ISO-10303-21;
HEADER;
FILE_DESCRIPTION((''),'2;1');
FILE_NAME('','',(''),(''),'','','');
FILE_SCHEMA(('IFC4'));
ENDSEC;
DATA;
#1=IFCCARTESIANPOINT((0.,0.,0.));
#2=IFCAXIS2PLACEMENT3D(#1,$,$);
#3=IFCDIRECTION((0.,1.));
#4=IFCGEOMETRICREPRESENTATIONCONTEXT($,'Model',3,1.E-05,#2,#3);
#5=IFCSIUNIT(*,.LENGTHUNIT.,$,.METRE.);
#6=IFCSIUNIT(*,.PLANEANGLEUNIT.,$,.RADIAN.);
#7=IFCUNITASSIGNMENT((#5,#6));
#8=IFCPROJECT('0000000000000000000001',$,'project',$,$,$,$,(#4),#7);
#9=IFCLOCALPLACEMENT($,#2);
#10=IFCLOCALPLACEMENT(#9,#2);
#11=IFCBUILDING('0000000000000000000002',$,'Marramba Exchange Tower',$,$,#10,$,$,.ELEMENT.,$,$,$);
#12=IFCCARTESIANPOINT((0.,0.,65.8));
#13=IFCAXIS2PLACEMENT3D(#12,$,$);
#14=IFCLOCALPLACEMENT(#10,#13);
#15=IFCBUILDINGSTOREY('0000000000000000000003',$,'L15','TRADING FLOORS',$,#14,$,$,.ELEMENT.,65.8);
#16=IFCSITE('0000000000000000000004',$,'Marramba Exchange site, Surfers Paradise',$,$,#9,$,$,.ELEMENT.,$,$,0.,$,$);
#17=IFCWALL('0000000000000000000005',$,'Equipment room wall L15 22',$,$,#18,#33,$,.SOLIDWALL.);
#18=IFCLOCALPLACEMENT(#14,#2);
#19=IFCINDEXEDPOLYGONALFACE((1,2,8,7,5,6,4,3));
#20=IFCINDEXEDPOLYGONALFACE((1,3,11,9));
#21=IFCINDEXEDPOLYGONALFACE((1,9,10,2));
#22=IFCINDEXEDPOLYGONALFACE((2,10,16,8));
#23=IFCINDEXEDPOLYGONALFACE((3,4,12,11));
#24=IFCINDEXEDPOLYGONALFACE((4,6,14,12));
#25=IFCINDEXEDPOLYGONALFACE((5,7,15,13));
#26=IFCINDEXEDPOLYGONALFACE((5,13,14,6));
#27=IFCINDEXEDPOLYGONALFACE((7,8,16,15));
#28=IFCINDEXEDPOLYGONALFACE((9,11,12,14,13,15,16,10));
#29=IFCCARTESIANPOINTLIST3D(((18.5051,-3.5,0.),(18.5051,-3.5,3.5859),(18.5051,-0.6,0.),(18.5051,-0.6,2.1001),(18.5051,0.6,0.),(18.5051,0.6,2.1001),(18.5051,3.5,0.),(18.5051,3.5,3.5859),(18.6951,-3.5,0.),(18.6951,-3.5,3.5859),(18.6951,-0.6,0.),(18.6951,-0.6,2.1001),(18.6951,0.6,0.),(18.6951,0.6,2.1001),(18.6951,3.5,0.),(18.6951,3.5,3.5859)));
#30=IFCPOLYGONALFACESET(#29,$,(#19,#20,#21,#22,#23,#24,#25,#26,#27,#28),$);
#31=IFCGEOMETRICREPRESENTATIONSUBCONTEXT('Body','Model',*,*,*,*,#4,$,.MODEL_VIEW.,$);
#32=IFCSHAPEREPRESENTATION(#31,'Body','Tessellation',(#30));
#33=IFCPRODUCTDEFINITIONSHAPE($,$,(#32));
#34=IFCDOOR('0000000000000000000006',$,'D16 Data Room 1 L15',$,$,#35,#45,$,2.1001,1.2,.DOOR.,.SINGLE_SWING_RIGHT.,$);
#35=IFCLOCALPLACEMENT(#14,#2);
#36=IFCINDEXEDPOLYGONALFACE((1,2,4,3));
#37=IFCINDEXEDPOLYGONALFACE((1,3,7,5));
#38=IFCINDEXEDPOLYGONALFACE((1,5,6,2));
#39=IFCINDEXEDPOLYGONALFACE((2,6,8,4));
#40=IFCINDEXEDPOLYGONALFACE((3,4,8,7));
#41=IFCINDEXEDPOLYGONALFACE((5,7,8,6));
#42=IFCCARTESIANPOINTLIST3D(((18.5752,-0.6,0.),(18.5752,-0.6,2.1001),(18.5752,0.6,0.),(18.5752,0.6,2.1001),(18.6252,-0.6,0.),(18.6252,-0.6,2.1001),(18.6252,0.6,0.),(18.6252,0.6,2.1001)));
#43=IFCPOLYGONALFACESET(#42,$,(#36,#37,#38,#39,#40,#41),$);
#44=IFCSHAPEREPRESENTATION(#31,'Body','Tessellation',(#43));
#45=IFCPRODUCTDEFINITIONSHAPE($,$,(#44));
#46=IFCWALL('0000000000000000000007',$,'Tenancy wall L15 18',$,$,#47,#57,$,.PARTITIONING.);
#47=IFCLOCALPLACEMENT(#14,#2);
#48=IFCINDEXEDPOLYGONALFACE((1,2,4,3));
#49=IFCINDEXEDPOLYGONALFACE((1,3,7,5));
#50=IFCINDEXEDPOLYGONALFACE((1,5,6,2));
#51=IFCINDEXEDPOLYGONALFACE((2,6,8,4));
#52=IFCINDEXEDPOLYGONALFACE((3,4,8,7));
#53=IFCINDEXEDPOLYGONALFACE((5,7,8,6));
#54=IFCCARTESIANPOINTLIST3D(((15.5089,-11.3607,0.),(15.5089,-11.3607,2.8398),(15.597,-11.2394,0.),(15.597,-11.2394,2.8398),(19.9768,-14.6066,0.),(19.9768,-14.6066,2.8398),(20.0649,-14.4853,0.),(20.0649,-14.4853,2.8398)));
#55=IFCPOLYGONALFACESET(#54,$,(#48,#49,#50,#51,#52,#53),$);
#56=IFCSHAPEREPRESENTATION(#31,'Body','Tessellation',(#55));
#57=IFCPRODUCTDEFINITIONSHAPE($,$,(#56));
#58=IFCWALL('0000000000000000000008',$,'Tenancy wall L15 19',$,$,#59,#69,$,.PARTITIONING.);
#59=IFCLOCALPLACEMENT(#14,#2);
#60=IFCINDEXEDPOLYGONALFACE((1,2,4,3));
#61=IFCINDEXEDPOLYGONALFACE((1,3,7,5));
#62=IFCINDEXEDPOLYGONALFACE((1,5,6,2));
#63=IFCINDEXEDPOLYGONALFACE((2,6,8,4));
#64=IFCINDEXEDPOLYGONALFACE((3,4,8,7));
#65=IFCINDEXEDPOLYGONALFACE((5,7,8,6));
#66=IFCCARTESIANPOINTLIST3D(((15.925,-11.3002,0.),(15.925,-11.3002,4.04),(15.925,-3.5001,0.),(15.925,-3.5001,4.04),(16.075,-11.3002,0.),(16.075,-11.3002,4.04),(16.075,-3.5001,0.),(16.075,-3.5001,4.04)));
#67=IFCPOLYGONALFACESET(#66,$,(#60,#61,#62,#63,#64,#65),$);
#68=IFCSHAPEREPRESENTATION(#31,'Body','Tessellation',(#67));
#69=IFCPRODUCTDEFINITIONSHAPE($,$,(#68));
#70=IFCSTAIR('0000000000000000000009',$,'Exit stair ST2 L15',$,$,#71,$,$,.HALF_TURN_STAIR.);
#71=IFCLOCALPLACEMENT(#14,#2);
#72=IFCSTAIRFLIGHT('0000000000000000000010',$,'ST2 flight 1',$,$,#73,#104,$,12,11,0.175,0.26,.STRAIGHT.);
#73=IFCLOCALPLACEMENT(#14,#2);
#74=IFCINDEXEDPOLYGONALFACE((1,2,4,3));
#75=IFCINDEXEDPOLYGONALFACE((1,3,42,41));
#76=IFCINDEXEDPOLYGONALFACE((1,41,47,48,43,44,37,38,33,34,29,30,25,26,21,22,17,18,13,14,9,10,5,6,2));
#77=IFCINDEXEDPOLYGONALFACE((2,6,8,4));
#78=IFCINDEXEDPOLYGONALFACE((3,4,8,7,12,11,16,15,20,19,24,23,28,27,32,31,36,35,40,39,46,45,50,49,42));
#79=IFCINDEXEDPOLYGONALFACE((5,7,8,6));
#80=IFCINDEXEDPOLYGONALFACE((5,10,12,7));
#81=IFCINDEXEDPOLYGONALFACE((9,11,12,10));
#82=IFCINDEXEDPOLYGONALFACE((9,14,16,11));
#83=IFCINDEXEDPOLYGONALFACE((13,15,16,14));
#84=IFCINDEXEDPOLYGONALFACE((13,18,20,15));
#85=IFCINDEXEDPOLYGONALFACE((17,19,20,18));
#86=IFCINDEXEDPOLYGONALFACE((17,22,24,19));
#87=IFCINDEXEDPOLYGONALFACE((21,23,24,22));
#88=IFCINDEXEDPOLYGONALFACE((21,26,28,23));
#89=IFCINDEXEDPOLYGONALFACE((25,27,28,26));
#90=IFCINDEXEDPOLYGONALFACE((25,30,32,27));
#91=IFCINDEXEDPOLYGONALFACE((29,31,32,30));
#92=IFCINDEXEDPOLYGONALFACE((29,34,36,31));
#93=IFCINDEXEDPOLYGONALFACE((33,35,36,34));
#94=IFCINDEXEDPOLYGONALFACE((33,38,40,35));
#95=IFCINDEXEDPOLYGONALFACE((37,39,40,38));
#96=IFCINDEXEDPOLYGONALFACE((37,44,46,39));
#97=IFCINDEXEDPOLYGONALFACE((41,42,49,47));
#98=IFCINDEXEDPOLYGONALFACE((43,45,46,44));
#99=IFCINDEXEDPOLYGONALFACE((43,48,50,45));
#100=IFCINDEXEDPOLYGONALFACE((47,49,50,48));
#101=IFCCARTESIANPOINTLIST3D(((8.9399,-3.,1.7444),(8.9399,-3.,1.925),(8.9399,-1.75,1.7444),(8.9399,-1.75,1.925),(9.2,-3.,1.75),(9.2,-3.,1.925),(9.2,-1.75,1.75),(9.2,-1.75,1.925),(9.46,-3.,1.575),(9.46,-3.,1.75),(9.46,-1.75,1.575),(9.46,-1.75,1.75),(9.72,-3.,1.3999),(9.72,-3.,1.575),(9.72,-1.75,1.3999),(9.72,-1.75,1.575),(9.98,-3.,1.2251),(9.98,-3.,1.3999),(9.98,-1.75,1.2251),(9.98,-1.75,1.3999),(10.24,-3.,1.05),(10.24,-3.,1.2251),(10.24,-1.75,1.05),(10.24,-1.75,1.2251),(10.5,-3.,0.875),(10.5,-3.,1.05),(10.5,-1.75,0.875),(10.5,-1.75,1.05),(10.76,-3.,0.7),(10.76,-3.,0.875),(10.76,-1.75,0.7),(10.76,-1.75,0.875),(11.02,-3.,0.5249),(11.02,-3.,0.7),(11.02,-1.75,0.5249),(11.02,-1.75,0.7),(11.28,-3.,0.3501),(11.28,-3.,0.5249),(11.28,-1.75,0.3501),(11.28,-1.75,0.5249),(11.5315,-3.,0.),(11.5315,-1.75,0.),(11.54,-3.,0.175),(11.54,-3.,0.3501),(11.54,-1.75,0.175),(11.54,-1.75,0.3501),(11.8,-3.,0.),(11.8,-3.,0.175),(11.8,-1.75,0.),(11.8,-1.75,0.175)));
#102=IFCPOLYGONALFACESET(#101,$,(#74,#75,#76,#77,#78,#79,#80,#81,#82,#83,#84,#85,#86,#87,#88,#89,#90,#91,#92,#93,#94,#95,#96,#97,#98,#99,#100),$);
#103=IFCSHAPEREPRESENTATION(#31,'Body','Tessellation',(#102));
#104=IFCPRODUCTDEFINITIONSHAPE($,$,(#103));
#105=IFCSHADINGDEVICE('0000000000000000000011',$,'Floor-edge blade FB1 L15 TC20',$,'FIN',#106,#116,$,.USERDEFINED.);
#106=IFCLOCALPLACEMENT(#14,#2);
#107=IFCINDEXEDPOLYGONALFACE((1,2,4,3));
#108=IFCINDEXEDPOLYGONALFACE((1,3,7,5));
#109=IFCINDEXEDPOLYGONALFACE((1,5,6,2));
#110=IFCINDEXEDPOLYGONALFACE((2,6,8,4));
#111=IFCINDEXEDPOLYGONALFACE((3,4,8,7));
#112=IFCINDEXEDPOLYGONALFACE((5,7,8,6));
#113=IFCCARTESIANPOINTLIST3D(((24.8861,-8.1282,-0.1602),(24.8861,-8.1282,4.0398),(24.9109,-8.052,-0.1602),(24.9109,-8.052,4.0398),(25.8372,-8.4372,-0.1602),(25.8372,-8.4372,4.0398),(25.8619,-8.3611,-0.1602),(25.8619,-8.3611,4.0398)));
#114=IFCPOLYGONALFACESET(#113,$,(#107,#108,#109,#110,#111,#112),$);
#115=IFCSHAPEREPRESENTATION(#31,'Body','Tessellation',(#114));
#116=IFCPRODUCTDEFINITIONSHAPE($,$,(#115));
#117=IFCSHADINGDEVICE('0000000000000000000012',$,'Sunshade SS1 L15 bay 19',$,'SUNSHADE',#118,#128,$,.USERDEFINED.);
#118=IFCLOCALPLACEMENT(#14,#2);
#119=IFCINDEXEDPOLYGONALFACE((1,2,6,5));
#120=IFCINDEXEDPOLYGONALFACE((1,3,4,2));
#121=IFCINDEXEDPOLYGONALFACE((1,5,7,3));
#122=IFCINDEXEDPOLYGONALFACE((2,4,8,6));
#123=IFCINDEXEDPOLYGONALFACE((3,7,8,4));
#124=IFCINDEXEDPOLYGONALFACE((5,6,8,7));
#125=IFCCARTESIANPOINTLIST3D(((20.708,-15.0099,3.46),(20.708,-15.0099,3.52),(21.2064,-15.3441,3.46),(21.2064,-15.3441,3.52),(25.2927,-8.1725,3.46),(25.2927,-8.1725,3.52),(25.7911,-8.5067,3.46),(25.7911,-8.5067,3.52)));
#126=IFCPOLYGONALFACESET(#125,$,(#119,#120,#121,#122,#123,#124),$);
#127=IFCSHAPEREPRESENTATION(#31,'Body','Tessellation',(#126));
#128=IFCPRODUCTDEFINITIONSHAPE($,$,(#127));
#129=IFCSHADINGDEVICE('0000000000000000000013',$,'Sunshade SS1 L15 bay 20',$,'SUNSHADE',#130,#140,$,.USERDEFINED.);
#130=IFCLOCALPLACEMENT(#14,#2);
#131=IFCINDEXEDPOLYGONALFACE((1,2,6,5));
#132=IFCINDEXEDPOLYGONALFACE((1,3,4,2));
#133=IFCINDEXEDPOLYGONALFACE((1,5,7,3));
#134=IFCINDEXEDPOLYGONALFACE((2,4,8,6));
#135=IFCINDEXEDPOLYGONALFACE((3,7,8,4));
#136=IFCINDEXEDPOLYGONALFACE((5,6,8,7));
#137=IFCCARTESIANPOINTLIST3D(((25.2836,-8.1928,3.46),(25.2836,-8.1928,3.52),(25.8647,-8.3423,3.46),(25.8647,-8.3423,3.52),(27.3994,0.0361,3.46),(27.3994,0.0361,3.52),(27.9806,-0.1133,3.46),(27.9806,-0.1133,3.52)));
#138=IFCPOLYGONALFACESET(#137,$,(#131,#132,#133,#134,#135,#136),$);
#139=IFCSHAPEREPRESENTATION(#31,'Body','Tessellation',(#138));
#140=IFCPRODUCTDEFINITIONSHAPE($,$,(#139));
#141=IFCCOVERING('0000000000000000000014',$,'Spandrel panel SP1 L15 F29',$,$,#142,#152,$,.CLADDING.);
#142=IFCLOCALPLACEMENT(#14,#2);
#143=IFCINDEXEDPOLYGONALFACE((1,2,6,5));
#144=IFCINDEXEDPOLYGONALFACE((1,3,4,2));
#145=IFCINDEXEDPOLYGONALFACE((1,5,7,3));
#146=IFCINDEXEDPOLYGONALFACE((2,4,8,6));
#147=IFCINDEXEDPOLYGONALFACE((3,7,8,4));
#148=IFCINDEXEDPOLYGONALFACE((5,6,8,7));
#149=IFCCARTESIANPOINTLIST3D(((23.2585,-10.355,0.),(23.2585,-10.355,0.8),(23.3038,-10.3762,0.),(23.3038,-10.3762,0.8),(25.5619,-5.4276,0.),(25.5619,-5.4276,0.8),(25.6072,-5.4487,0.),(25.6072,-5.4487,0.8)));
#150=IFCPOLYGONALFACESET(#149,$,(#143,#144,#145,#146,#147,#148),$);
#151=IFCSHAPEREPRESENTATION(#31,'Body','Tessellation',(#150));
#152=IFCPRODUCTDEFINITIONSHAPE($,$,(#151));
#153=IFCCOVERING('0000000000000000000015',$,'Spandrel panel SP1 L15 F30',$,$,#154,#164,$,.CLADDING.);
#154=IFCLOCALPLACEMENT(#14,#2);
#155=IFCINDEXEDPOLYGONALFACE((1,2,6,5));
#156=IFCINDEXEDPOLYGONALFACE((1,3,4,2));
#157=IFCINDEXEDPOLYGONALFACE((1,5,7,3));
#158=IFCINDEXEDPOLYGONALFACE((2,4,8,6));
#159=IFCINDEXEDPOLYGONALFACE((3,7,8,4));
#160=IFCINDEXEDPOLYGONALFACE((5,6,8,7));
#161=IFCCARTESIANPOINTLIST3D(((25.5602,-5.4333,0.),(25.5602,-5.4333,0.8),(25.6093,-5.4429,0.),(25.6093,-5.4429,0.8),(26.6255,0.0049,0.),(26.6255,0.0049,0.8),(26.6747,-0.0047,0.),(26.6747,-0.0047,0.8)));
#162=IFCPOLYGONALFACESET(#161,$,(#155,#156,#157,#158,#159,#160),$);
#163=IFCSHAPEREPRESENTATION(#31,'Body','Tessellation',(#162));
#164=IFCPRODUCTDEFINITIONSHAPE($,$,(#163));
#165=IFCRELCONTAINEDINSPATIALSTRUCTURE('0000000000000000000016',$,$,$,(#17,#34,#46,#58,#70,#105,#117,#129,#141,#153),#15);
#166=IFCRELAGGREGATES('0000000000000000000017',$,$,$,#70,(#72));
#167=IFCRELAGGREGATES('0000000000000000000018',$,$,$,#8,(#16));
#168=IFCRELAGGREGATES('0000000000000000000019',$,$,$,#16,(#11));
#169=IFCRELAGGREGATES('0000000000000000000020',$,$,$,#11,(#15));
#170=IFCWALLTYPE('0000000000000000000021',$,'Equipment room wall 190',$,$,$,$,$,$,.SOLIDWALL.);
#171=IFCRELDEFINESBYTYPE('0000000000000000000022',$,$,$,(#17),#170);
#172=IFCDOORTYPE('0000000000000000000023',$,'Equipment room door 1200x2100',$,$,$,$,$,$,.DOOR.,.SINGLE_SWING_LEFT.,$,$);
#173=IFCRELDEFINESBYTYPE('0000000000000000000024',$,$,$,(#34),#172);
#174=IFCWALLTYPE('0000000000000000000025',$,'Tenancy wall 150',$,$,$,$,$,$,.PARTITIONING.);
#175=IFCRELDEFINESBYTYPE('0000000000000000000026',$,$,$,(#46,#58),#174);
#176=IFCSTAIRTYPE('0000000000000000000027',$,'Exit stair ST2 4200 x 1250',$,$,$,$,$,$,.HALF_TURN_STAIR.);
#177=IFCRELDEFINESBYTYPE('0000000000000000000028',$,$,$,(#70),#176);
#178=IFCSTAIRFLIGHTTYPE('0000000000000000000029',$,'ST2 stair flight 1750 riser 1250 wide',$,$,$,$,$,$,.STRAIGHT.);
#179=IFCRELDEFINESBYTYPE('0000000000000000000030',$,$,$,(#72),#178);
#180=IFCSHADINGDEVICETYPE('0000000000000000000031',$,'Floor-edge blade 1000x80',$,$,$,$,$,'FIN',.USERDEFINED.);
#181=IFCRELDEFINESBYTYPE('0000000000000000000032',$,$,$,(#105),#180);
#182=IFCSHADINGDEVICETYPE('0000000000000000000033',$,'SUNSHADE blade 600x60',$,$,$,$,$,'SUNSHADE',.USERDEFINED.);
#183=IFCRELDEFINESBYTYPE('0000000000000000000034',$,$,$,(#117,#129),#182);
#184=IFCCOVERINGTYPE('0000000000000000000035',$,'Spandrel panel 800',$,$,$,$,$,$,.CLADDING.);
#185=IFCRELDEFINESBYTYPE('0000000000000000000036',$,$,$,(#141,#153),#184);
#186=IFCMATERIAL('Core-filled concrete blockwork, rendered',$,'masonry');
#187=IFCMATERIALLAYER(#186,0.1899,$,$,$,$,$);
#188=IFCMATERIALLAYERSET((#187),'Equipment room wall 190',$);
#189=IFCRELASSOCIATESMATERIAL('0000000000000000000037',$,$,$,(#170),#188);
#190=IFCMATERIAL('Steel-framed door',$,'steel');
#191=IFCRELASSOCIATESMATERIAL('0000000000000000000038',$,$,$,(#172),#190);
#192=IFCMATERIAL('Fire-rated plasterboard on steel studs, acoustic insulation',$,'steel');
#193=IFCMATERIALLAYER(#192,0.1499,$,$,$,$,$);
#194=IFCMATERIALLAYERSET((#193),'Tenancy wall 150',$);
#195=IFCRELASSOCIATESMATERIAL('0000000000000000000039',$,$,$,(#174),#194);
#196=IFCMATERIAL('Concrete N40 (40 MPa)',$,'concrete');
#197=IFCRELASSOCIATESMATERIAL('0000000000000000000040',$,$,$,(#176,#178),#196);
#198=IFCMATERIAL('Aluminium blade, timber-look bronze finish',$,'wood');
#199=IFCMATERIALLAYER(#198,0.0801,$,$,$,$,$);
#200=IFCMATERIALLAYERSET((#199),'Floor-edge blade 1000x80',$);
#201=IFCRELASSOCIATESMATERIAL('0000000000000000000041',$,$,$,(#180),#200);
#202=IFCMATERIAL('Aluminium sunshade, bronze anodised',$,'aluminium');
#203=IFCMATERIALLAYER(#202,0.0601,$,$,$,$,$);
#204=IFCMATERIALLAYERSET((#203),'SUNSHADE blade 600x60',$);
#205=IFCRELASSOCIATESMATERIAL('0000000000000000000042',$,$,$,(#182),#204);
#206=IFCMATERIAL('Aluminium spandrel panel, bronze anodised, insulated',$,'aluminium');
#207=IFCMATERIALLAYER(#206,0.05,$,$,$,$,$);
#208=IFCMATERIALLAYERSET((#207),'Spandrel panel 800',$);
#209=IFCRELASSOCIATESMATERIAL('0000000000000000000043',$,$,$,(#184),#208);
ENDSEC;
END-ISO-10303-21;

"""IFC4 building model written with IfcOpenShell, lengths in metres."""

from ifc_helpers import new_model, si_unit, direction, frame, frame_2d, origin, origin_2d, place, context, subcontext, project, spatial, polyline, rectangle, outline, extrude, material, layer, layer_set, type_object, element, fill, aggregate, save


model = new_model("IFC4")

# Units and contexts
model_context = context("Model", 3, precision=1e-05, world=origin(), true_north=direction((0.0, 1.0)))
body_context = subcontext(model_context, "Body", "Model", "MODEL_VIEW")
ifc_project = project(units=[si_unit("LENGTHUNIT", "METRE"), si_unit("PLANEANGLEUNIT", "RADIAN")], contexts=[model_context])

# Site, building, storey
site_placement = place(None, origin())
site = spatial("IfcSite", under=ifc_project, at=site_placement, Name="Marramba Exchange site, Surfers Paradise", CompositionType="ELEMENT", RefElevation=0.0)
building_placement = place(site_placement, origin())
building = spatial("IfcBuilding", under=site, at=building_placement, Name="Marramba Exchange Tower", CompositionType="ELEMENT")
storey_placement = place(building_placement, frame((0.0, 0.0, 65.8)))
storey = spatial("IfcBuildingStorey", under=building, at=storey_placement, Name="L15", Description="TRADING FLOORS", CompositionType="ELEMENT", Elevation=65.8)

# Shared definitions
ifc_material_1 = material(Name="Steel-framed door", Category="steel")

# Shared definitions
ifc_material_2 = material(Name="Core-filled concrete blockwork, rendered", Category="masonry")
ifc_layer_1 = layer(ifc_material_2, 0.1899)
ifc_layer_set_1 = layer_set([ifc_layer_1], Name="Equipment room wall 190")
wall_type_1 = type_object("IfcWallType", Name="Equipment room wall 190", PredefinedType="SOLIDWALL", material=ifc_layer_set_1)

# Wall, opening, door
wall_1_placement = place(storey_placement, frame((18.6001, -3.5, 0.0), z_axis=(0.0, 0.0, 1.0), x_axis=(0.0, 1.0, 0.0)))
wall_1 = element("IfcWall", 1, at=wall_1_placement, inside=storey, type_object=wall_type_1, Name="Equipment room wall L15 22", PredefinedType="SOLIDWALL", context=body_context, shape_type="SweptSolid", body=[
    extrude(rectangle(XDim=7.0, YDim=0.1899, at=frame_2d((3.5, 0.0))), origin(), (0.0, 0.0, 1.0), 3.5859),
])
opening_1_placement = place(wall_1_placement, frame((2.8999, 0.0, 0.0)))
opening_1 = element("IfcOpeningElement", 2, at=opening_1_placement, cuts=wall_1, PredefinedType="OPENING", context=body_context, shape_type="SweptSolid", body=[
    extrude(rectangle(XDim=1.2, YDim=2.1001, at=frame_2d((0.6001, 1.05))), frame((0.0, 0.105, 0.0), z_axis=(0.0, -1.0, 0.0), x_axis=(1.0, 0.0, 0.0)), (0.0, 0.0, 1.0), 0.21),
])
door_type_1 = type_object("IfcDoorType", Name="Equipment room door 1200x2100", OperationType="SINGLE_SWING_LEFT", PredefinedType="DOOR", material=ifc_material_1)
door_1_placement = place(opening_1_placement, origin())
door_1 = element("IfcDoor", 3, at=door_1_placement, inside=storey, type_object=door_type_1, Name="D16 Data Room 1 L15", OperationType="SINGLE_SWING_RIGHT", OverallHeight=2.1001, OverallWidth=1.2, PredefinedType="DOOR", context=body_context, shape_type="SweptSolid", body=[
    extrude(rectangle(XDim=1.2, YDim=2.1001, at=frame_2d((0.6001, 1.05))), frame((0.0, 0.0249, 0.0), z_axis=(0.0, -1.0, 0.0), x_axis=(1.0, 0.0, 0.0)), (0.0, 0.0, 1.0), 0.05),
])
fill(opening_1, door_1)

# Walls
ifc_material_3 = material(Name="Fire-rated plasterboard on steel studs, acoustic insulation", Category="steel")
ifc_layer_2 = layer(ifc_material_3, 0.1499)
ifc_layer_set_2 = layer_set([ifc_layer_2], Name="Tenancy wall 150")
wall_type_2 = type_object("IfcWallType", Name="Tenancy wall 150", PredefinedType="PARTITIONING", material=ifc_layer_set_2)
wall_2_placement = place(storey_placement, frame((15.553, -11.3, 0.0), z_axis=(0.0, 0.0, 1.0), x_axis=(0.809032, -0.587764, 0.0)))
element("IfcWall", 4, at=wall_2_placement, inside=storey, type_object=wall_type_2, Name="Tenancy wall L15 18", PredefinedType="PARTITIONING", context=body_context, shape_type="SweptSolid", body=[
    extrude(rectangle(XDim=5.5225, YDim=0.1499, at=frame_2d((2.7612, 0.0))), origin(), (0.0, 0.0, 1.0), 2.8398),
])
wall_3_placement = place(storey_placement, frame((16.0, -11.3, 0.0), z_axis=(0.0, 0.0, 1.0), x_axis=(0.0, 1.0, 0.0)))
element("IfcWall", 5, at=wall_3_placement, inside=storey, type_object=wall_type_2, Name="Tenancy wall L15 19", PredefinedType="PARTITIONING", context=body_context, shape_type="SweptSolid", body=[
    extrude(rectangle(XDim=7.8, YDim=0.1499, at=frame_2d((3.8999, 0.0))), origin(), (0.0, 0.0, 1.0), 4.04),
])

# Stair, stair flight
ifc_material_4 = material(Name="Concrete N40 (40 MPa)", Category="concrete")
stair_type = type_object("IfcStairType", Name="Exit stair ST2 4200 x 1250", PredefinedType="HALF_TURN_STAIR", material=ifc_material_4)
stair_placement = place(storey_placement, origin())
stair = element("IfcStair", 6, at=stair_placement, inside=storey, type_object=stair_type, Name="Exit stair ST2 L15", PredefinedType="HALF_TURN_STAIR")
stair_flight_type = type_object("IfcStairFlightType", Name="ST2 stair flight 1750 riser 1250 wide", PredefinedType="STRAIGHT", material=ifc_material_4)
stair_flight_placement = place(storey_placement, frame((11.8, -2.375, 0.0), z_axis=(0.0, 0.0, 1.0), x_axis=(-1.0, 0.0, 0.0)))
stair_flight = element("IfcStairFlight", 7, at=stair_flight_placement, type_object=stair_flight_type, Name="ST2 flight 1", NumberOfRisers=12, NumberOfTreads=11, PredefinedType="STRAIGHT", RiserHeight=0.175, TreadLength=0.26, context=body_context, shape_type="SweptSolid", body=[
    extrude(outline(polyline([(0.0, 0.0), (0.0, 0.175), (0.26, 0.175), (0.26, 0.3501), (0.52, 0.3501), (0.52, 0.5249), (0.78, 0.5249), (0.78, 0.7), (1.04, 0.7), (1.04, 0.875), (1.3, 0.875), (1.3, 1.05), (1.5601, 1.05), (1.5601, 1.2251), (1.8201, 1.2251), (1.8201, 1.3999), (2.0801, 1.3999), (2.0801, 1.575), (2.3401, 1.575), (2.3401, 1.75), (2.6001, 1.75), (2.6001, 1.925), (2.8601, 1.925), (2.8601, 2.1001), (2.8601, 1.7444), (0.2686, 0.0), (0.0, 0.0)])), frame((0.0, 0.625, 0.0), z_axis=(0.0, -1.0, 0.0), x_axis=(1.0, 0.0, 0.0)), (0.0, 0.0, 1.0), 1.25),
])
aggregate(stair, [stair_flight])

# Shading devices
ifc_material_5 = material(Name="Aluminium blade, timber-look bronze finish", Category="wood")
ifc_layer_3 = layer(ifc_material_5, 0.0801)
ifc_layer_set_3 = layer_set([ifc_layer_3], Name="Floor-edge blade 1000x80")
shading_device_type_1 = type_object("IfcShadingDeviceType", Name="Floor-edge blade 1000x80", ElementType="FIN", PredefinedType="USERDEFINED", material=ifc_layer_set_3)
shading_device_1_placement = place(storey_placement, frame((25.374, -8.2446, -0.1602), z_axis=(0.0, 0.0, 1.0), x_axis=(0.951057, -0.309017, 0.0)))
element("IfcShadingDevice", 8, at=shading_device_1_placement, inside=storey, type_object=shading_device_type_1, Name="Floor-edge blade FB1 L15 TC20", ObjectType="FIN", PredefinedType="USERDEFINED", context=body_context, shape_type="SweptSolid", body=[
    extrude(rectangle(XDim=1.0, YDim=0.0801, at=origin_2d()), origin(), (0.0, 0.0, 1.0), 4.2),
])
ifc_material_6 = material(Name="Aluminium sunshade, bronze anodised", Category="aluminium")
ifc_layer_4 = layer(ifc_material_6, 0.0601)
ifc_layer_set_4 = layer_set([ifc_layer_4], Name="SUNSHADE blade 600x60")
shading_device_type_2 = type_object("IfcShadingDeviceType", Name="SUNSHADE blade 600x60", ElementType="SUNSHADE", PredefinedType="USERDEFINED", material=ifc_layer_set_4)
shading_device_2_placement = place(storey_placement, frame((23.2495, -11.7583, 3.46), z_axis=(0.0, 0.0, 1.0), x_axis=(0.556924, 0.830563, 0.0)))
element("IfcShadingDevice", 9, at=shading_device_2_placement, inside=storey, type_object=shading_device_type_2, Name="Sunshade SS1 L15 bay 19", ObjectType="SUNSHADE", PredefinedType="USERDEFINED", context=body_context, shape_type="SweptSolid", body=[
    extrude(rectangle(XDim=8.2322, YDim=0.6001, at=origin_2d()), origin(), (0.0, 0.0, 1.0), 0.0601),
])
shading_device_3_placement = place(storey_placement, frame((26.6321, -4.1531, 3.46), z_axis=(0.0, 0.0, 1.0), x_axis=(0.249025, 0.968497, 0.0)))
element("IfcShadingDevice", 10, at=shading_device_3_placement, inside=storey, type_object=shading_device_type_2, Name="Sunshade SS1 L15 bay 20", ObjectType="SUNSHADE", PredefinedType="USERDEFINED", context=body_context, shape_type="SweptSolid", body=[
    extrude(rectangle(XDim=8.4966, YDim=0.6001, at=origin_2d()), origin(), (0.0, 0.0, 1.0), 0.0601),
])

# Coverings
ifc_material_7 = material(Name="Aluminium spandrel panel, bronze anodised, insulated", Category="aluminium")
ifc_layer_5 = layer(ifc_material_7, 0.05)
ifc_layer_set_5 = layer_set([ifc_layer_5], Name="Spandrel panel 800")
covering_type = type_object("IfcCoveringType", Name="Spandrel panel 800", PredefinedType="CLADDING", material=ifc_layer_set_5)
covering_1_placement = place(storey_placement, frame((24.4329, -7.9019, 0.0), z_axis=(0.0, 0.0, 1.0), x_axis=(0.423477, 0.905907, 0.0)))
element("IfcCovering", 11, at=covering_1_placement, inside=storey, type_object=covering_type, Name="Spandrel panel SP1 L15 F29", PredefinedType="CLADDING", context=body_context, shape_type="SweptSolid", body=[
    extrude(rectangle(XDim=5.4392, YDim=0.05, at=origin_2d()), origin(), (0.0, 0.0, 1.0), 0.8),
])
covering_2_placement = place(storey_placement, frame((26.1174, -2.719, 0.0), z_axis=(0.0, 0.0, 1.0), x_axis=(0.192249, 0.981346, 0.0)))
element("IfcCovering", 12, at=covering_2_placement, inside=storey, type_object=covering_type, Name="Spandrel panel SP1 L15 F30", PredefinedType="CLADDING", context=body_context, shape_type="SweptSolid", body=[
    extrude(rectangle(XDim=5.5415, YDim=0.05, at=origin_2d()), origin(), (0.0, 0.0, 1.0), 0.8),
])

save(model, "model.ifc")
